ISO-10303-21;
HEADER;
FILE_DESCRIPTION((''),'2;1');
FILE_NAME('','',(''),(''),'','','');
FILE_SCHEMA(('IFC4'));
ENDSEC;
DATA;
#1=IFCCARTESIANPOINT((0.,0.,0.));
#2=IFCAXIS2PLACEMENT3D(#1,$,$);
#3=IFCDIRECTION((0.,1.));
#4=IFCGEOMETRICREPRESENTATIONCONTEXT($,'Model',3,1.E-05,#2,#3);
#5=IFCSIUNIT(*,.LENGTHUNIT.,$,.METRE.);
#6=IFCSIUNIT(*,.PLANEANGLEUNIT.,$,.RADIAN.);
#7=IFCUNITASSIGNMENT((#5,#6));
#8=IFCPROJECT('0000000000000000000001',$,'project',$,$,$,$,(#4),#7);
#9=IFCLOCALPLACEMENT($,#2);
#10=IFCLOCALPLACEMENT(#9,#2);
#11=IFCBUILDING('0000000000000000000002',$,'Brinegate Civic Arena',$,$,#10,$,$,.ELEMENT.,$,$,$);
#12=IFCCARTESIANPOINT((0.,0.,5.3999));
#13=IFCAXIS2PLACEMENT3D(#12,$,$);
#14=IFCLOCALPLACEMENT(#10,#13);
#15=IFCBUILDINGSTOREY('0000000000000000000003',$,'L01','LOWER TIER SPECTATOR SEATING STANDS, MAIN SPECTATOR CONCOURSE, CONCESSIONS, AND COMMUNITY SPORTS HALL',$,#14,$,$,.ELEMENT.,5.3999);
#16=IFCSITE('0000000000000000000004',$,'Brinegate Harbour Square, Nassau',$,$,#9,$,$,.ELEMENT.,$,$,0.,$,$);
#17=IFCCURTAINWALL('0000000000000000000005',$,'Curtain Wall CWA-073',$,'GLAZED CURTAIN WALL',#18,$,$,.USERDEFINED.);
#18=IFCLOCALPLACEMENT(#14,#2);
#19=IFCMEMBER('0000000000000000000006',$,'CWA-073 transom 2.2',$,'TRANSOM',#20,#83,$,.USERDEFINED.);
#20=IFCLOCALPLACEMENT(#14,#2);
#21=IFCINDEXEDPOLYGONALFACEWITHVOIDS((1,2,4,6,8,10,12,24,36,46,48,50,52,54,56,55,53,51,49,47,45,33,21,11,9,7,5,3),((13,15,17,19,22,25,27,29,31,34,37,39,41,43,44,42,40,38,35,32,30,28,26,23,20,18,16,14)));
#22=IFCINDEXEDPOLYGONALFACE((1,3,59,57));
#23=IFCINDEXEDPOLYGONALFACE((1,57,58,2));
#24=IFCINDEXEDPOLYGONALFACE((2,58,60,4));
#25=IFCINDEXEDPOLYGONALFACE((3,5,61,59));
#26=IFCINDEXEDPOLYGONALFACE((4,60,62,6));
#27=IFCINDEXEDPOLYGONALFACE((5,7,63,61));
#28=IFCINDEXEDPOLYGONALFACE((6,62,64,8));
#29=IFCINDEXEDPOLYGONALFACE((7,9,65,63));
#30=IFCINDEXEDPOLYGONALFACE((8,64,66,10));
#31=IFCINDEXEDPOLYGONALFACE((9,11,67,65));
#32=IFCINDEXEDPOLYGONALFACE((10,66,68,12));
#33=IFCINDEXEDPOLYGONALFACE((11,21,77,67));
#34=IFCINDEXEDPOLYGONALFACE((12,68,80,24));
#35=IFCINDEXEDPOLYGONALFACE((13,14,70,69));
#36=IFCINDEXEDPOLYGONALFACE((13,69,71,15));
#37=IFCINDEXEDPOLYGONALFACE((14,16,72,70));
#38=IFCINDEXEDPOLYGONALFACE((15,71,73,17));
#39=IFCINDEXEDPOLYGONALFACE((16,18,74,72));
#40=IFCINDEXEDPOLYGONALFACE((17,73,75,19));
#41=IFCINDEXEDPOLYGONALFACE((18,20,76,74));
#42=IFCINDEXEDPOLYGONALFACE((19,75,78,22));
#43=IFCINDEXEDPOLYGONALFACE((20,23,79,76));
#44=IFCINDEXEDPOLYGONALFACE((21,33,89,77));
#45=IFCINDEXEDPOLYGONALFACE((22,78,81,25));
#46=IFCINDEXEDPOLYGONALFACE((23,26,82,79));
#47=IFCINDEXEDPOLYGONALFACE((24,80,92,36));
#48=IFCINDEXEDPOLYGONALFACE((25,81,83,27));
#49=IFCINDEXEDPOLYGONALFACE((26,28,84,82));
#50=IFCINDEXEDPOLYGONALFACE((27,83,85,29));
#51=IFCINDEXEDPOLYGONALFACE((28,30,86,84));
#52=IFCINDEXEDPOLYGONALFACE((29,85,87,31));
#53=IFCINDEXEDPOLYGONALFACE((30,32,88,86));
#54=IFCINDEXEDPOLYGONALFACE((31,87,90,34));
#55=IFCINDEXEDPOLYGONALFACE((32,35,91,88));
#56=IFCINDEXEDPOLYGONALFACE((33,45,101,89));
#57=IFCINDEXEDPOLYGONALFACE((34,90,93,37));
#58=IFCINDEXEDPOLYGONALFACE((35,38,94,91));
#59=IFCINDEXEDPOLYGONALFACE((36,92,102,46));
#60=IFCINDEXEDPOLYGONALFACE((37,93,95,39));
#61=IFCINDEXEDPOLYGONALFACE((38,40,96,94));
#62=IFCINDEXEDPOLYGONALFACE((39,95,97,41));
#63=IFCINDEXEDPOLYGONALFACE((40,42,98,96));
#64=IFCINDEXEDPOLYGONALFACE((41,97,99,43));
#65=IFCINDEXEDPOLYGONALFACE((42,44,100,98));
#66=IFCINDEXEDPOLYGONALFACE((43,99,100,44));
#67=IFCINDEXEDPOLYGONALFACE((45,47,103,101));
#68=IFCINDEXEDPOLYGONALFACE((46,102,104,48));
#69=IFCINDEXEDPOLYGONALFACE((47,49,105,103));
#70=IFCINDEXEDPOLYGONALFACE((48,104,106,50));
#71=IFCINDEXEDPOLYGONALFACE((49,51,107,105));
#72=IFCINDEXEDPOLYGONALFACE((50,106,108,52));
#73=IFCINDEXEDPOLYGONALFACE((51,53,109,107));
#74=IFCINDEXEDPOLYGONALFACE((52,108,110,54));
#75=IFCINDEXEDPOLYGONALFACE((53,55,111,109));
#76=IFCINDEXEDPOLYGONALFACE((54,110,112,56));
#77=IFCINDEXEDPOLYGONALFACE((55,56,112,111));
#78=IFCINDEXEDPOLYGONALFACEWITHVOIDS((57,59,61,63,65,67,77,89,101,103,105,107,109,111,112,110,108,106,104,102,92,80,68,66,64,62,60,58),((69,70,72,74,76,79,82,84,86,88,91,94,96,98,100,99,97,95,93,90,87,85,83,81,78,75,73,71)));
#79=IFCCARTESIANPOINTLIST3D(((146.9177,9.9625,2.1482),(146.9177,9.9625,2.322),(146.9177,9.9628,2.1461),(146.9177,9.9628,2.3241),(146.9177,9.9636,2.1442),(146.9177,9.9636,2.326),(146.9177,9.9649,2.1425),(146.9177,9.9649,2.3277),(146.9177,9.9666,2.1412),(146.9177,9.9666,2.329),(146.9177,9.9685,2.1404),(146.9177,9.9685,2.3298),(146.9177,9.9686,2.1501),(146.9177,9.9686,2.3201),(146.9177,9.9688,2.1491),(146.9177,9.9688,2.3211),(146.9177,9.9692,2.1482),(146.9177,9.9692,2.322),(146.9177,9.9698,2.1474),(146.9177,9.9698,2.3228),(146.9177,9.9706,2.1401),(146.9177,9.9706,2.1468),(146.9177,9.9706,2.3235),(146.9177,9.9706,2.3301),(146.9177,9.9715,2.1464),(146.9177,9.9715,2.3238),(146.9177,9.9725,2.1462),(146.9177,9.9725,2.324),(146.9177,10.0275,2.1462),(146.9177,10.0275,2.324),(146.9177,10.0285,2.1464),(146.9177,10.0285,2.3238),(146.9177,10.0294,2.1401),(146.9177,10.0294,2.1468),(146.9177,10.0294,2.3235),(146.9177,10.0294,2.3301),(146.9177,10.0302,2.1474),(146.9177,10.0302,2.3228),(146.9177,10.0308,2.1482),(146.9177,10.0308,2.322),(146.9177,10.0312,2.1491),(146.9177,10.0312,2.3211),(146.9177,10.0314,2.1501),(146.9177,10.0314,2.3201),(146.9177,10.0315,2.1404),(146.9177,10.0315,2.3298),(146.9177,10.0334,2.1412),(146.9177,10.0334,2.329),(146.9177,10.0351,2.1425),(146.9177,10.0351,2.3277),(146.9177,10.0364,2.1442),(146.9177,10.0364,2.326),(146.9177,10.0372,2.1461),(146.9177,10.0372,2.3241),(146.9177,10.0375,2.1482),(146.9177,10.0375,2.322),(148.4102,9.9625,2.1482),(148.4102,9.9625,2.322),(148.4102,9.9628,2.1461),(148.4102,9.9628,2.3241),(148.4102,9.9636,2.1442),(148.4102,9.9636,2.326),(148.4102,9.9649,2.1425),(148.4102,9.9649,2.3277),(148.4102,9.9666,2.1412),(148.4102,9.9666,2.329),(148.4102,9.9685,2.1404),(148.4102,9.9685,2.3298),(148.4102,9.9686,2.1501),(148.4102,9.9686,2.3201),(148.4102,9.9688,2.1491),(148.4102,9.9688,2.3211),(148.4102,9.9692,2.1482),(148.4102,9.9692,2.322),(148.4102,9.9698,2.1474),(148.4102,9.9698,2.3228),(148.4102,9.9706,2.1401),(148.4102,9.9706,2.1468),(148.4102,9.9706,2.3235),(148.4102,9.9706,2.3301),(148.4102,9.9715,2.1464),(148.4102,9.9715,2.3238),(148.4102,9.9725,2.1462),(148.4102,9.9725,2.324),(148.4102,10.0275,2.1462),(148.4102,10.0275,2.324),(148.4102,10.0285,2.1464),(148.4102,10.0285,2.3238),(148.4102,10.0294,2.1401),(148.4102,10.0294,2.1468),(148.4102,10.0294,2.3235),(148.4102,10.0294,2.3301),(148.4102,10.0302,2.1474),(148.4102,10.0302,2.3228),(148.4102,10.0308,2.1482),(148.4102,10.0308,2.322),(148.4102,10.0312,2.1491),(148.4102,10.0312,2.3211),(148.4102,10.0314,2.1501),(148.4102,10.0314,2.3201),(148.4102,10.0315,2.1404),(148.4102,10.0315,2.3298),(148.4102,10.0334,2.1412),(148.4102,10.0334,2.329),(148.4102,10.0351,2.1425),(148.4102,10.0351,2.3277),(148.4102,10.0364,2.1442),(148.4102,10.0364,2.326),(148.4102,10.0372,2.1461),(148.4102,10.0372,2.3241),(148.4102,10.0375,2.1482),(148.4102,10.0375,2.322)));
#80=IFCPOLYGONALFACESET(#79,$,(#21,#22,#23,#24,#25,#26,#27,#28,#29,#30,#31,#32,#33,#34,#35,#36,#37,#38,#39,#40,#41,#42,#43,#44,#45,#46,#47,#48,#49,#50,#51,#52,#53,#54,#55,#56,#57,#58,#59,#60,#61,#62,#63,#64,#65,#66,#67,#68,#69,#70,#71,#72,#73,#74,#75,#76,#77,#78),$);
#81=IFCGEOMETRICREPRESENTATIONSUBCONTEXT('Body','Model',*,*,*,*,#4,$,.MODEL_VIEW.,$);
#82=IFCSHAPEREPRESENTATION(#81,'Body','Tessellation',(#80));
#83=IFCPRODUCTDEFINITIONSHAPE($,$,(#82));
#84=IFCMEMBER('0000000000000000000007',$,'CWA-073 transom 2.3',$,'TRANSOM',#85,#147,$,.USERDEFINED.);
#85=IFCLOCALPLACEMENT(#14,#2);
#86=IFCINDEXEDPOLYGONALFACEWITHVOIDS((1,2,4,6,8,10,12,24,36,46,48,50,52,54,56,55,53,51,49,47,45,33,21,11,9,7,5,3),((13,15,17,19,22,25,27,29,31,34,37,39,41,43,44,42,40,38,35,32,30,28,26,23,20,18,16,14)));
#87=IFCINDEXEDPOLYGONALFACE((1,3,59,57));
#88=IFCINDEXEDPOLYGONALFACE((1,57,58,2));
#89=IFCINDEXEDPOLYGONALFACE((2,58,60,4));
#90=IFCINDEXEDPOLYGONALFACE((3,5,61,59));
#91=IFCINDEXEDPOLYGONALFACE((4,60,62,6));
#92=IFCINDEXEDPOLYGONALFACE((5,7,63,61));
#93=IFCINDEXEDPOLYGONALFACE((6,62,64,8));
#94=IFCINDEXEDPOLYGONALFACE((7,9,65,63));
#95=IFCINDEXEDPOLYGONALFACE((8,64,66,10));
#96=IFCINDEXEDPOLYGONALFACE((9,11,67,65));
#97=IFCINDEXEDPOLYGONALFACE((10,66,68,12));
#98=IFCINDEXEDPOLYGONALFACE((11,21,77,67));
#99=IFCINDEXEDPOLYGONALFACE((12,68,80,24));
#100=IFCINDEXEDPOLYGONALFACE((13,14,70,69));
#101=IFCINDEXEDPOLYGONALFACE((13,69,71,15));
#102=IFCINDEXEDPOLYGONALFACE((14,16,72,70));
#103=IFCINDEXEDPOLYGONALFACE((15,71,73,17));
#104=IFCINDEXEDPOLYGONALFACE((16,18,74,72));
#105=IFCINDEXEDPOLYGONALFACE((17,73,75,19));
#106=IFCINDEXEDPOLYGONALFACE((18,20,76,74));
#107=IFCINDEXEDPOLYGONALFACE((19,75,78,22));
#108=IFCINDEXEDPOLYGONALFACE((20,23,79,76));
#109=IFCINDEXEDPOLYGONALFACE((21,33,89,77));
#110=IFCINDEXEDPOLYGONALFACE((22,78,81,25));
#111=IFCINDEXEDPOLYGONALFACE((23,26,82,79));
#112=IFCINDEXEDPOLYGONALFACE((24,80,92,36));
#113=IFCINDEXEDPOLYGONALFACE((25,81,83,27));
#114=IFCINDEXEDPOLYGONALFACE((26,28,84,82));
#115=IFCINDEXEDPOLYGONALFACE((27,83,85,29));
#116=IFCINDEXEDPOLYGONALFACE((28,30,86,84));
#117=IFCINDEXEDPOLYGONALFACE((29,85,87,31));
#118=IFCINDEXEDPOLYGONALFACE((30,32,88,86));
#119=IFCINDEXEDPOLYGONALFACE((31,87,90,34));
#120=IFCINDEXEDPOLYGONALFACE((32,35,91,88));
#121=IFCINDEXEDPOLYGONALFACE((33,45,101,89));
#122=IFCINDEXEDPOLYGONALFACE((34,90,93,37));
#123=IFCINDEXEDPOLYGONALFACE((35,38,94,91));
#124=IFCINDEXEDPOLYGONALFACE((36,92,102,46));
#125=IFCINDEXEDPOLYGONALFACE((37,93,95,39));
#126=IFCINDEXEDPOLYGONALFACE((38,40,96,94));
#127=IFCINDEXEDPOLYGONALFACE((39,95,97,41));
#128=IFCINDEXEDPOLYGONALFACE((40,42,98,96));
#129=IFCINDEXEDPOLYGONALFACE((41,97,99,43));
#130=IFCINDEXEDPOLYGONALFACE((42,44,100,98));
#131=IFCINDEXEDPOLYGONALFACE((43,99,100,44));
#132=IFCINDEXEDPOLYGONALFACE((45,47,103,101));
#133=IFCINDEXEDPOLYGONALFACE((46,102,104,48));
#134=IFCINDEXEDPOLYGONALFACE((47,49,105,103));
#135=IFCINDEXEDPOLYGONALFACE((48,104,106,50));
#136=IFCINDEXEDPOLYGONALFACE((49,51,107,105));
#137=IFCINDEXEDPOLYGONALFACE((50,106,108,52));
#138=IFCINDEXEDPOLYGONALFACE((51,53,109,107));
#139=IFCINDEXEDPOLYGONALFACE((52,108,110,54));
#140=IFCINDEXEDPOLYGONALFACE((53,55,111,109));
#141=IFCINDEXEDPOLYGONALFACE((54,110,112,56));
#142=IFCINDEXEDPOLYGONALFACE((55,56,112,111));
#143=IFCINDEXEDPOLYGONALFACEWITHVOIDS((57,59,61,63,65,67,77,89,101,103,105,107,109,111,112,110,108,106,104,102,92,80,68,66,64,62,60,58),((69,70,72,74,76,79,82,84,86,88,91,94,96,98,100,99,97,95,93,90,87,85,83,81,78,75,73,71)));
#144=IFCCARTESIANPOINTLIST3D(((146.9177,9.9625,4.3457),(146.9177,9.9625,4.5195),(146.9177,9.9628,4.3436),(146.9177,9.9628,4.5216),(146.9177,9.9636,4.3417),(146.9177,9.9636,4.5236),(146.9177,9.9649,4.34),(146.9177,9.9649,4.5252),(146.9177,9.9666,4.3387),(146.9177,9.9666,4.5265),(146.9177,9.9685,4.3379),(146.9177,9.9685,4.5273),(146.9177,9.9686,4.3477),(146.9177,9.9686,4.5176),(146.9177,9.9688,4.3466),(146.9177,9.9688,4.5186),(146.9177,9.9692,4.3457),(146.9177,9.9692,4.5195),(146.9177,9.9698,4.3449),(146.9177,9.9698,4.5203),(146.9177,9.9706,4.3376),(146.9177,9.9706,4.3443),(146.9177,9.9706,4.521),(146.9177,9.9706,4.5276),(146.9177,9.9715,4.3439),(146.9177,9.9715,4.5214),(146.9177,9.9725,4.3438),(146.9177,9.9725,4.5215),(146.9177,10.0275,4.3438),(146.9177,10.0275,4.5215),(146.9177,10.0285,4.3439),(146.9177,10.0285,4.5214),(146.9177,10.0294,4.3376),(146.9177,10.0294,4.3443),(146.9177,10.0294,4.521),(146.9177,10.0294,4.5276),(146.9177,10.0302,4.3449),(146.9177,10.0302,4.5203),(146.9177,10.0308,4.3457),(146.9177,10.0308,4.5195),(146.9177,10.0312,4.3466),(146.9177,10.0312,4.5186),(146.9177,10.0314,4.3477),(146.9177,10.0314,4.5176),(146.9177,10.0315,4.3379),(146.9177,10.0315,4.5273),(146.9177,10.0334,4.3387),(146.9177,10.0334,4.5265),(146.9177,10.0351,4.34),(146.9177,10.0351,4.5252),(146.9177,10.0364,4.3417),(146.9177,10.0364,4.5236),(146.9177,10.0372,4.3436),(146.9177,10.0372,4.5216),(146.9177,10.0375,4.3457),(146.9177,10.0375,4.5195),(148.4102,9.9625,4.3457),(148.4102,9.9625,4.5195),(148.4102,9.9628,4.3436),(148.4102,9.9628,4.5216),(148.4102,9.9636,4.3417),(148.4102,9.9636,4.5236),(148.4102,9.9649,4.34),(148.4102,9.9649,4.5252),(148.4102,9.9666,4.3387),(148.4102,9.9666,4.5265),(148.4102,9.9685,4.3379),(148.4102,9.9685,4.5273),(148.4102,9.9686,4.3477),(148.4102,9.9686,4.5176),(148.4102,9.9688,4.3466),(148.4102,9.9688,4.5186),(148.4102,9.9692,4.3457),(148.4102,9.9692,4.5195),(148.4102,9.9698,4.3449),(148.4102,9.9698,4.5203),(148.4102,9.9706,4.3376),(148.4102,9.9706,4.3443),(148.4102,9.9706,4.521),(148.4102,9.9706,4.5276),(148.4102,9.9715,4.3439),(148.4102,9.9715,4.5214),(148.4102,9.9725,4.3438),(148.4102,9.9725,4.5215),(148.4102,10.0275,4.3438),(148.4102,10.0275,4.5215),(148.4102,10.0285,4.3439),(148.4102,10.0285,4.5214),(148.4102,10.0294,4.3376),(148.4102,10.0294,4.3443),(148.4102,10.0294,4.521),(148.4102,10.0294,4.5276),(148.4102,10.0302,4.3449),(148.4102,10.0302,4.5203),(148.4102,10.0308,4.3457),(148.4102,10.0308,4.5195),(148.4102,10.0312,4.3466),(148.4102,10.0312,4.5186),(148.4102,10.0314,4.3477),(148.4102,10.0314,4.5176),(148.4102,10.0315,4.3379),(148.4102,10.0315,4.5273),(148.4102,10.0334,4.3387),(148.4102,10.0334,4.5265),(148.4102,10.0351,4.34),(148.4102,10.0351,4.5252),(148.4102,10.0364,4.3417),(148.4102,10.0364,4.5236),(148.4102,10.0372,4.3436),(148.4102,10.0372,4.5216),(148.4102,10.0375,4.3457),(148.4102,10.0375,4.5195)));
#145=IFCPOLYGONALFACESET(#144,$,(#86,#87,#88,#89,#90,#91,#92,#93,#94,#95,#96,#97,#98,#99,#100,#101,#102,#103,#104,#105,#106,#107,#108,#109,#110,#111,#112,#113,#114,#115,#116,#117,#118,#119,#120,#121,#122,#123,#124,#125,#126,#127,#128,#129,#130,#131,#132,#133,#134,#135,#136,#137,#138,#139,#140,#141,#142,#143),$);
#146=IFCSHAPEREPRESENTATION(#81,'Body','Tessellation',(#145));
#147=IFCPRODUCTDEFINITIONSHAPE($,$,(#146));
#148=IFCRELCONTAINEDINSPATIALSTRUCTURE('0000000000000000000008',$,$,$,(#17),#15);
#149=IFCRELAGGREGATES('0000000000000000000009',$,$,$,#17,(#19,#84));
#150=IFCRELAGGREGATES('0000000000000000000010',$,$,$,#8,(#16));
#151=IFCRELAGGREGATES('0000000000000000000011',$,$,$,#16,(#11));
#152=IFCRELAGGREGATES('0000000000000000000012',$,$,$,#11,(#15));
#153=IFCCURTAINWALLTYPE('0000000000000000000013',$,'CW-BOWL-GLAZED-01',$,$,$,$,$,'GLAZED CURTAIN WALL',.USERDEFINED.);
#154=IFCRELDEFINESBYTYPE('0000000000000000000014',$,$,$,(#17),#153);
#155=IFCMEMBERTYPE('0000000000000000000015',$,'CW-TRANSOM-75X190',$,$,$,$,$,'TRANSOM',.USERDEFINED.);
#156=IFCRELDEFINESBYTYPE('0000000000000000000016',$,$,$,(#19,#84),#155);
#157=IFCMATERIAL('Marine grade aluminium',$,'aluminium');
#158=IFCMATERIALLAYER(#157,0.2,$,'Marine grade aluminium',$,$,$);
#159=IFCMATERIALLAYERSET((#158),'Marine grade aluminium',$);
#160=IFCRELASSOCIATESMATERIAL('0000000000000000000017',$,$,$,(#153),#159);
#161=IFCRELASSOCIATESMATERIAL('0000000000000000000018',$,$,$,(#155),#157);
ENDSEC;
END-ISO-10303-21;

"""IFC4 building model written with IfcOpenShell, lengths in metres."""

from ifc_helpers import new_model, si_unit, direction, frame, origin, origin_2d, place, context, subcontext, project, spatial, hollow_rectangle, extrude, material, layer, layer_set, material_profile, profile_set, type_object, element, aggregate, save


model = new_model("IFC4")

# Units and contexts
model_context = context("Model", 3, precision=1e-05, world=origin(), true_north=direction((0.0, 1.0)))
body_context = subcontext(model_context, "Body", "Model", "MODEL_VIEW")
ifc_project = project(units=[si_unit("LENGTHUNIT", "METRE"), si_unit("PLANEANGLEUNIT", "RADIAN")], contexts=[model_context])

# Site, building, storey
site_placement = place(None, origin())
site = spatial("IfcSite", under=ifc_project, at=site_placement, Name="Brinegate Harbour Square, Nassau", CompositionType="ELEMENT", RefElevation=0.0)
building_placement = place(site_placement, origin())
building = spatial("IfcBuilding", under=site, at=building_placement, Name="Brinegate Civic Arena", CompositionType="ELEMENT")
storey_placement = place(building_placement, frame((0.0, 0.0, 5.3999)))
storey = spatial("IfcBuildingStorey", under=building, at=storey_placement, Name="L01", Description="LOWER TIER SPECTATOR SEATING STANDS, MAIN SPECTATOR CONCOURSE, CONCESSIONS, AND COMMUNITY SPORTS HALL", CompositionType="ELEMENT", Elevation=5.3999)

# Curtain wall, members
ifc_material_1 = material(Name="Marine grade aluminium", Category="aluminium")
ifc_layer_1 = layer(ifc_material_1, 0.2, Name="Marine grade aluminium")
ifc_layer_set_1 = layer_set([ifc_layer_1], Name="Marine grade aluminium")
curtain_wall_type = type_object("IfcCurtainWallType", Name="CW-BOWL-GLAZED-01", ElementType="GLAZED CURTAIN WALL", PredefinedType="USERDEFINED", material=ifc_layer_set_1)
curtain_wall_placement = place(storey_placement, origin())
curtain_wall = element("IfcCurtainWall", 1, at=curtain_wall_placement, inside=storey, type_object=curtain_wall_type, Name="Curtain Wall CWA-073", ObjectType="GLAZED CURTAIN WALL", PredefinedType="USERDEFINED")
ifc_material_profile_1 = material_profile(ifc_material_1, hollow_rectangle(XDim=0.075, YDim=0.1899, WallThickness=0.0061, InnerFilletRadius=0.0039, OuterFilletRadius=0.0081, at=origin_2d()), Name="TRN75X190")
ifc_profile_set_1 = profile_set([ifc_material_profile_1], Name="Marine grade aluminium")
member_type_1 = type_object("IfcMemberType", Name="CW-TRANSOM-75X190", ElementType="TRANSOM", PredefinedType="USERDEFINED", material=ifc_profile_set_1)
member_1_placement = place(storey_placement, frame((146.9177, 10.0, 2.2351), z_axis=(1.0, 0.0, 0.0), x_axis=(0.0, 1.0, 0.0)))
member_1 = element("IfcMember", 2, at=member_1_placement, type_object=member_type_1, Name="CWA-073 transom 2.2", ObjectType="TRANSOM", PredefinedType="USERDEFINED", context=body_context, shape_type="SweptSolid", body=[
    extrude(hollow_rectangle(XDim=0.075, YDim=0.1899, WallThickness=0.0061, InnerFilletRadius=0.0039, OuterFilletRadius=0.0081, at=origin_2d()), origin(), (0.0, 0.0, 1.0), 1.4924),
])
member_2_placement = place(storey_placement, frame((146.9177, 10.0, 4.4326), z_axis=(1.0, 0.0, 0.0), x_axis=(0.0, 1.0, 0.0)))
member_2 = element("IfcMember", 3, at=member_2_placement, type_object=member_type_1, Name="CWA-073 transom 2.3", ObjectType="TRANSOM", PredefinedType="USERDEFINED", context=body_context, shape_type="SweptSolid", body=[
    extrude(hollow_rectangle(XDim=0.075, YDim=0.1899, WallThickness=0.0061, InnerFilletRadius=0.0039, OuterFilletRadius=0.0081, at=origin_2d()), origin(), (0.0, 0.0, 1.0), 1.4924),
])

aggregate(curtain_wall, [member_1, member_2])

save(model, "model.ifc")
